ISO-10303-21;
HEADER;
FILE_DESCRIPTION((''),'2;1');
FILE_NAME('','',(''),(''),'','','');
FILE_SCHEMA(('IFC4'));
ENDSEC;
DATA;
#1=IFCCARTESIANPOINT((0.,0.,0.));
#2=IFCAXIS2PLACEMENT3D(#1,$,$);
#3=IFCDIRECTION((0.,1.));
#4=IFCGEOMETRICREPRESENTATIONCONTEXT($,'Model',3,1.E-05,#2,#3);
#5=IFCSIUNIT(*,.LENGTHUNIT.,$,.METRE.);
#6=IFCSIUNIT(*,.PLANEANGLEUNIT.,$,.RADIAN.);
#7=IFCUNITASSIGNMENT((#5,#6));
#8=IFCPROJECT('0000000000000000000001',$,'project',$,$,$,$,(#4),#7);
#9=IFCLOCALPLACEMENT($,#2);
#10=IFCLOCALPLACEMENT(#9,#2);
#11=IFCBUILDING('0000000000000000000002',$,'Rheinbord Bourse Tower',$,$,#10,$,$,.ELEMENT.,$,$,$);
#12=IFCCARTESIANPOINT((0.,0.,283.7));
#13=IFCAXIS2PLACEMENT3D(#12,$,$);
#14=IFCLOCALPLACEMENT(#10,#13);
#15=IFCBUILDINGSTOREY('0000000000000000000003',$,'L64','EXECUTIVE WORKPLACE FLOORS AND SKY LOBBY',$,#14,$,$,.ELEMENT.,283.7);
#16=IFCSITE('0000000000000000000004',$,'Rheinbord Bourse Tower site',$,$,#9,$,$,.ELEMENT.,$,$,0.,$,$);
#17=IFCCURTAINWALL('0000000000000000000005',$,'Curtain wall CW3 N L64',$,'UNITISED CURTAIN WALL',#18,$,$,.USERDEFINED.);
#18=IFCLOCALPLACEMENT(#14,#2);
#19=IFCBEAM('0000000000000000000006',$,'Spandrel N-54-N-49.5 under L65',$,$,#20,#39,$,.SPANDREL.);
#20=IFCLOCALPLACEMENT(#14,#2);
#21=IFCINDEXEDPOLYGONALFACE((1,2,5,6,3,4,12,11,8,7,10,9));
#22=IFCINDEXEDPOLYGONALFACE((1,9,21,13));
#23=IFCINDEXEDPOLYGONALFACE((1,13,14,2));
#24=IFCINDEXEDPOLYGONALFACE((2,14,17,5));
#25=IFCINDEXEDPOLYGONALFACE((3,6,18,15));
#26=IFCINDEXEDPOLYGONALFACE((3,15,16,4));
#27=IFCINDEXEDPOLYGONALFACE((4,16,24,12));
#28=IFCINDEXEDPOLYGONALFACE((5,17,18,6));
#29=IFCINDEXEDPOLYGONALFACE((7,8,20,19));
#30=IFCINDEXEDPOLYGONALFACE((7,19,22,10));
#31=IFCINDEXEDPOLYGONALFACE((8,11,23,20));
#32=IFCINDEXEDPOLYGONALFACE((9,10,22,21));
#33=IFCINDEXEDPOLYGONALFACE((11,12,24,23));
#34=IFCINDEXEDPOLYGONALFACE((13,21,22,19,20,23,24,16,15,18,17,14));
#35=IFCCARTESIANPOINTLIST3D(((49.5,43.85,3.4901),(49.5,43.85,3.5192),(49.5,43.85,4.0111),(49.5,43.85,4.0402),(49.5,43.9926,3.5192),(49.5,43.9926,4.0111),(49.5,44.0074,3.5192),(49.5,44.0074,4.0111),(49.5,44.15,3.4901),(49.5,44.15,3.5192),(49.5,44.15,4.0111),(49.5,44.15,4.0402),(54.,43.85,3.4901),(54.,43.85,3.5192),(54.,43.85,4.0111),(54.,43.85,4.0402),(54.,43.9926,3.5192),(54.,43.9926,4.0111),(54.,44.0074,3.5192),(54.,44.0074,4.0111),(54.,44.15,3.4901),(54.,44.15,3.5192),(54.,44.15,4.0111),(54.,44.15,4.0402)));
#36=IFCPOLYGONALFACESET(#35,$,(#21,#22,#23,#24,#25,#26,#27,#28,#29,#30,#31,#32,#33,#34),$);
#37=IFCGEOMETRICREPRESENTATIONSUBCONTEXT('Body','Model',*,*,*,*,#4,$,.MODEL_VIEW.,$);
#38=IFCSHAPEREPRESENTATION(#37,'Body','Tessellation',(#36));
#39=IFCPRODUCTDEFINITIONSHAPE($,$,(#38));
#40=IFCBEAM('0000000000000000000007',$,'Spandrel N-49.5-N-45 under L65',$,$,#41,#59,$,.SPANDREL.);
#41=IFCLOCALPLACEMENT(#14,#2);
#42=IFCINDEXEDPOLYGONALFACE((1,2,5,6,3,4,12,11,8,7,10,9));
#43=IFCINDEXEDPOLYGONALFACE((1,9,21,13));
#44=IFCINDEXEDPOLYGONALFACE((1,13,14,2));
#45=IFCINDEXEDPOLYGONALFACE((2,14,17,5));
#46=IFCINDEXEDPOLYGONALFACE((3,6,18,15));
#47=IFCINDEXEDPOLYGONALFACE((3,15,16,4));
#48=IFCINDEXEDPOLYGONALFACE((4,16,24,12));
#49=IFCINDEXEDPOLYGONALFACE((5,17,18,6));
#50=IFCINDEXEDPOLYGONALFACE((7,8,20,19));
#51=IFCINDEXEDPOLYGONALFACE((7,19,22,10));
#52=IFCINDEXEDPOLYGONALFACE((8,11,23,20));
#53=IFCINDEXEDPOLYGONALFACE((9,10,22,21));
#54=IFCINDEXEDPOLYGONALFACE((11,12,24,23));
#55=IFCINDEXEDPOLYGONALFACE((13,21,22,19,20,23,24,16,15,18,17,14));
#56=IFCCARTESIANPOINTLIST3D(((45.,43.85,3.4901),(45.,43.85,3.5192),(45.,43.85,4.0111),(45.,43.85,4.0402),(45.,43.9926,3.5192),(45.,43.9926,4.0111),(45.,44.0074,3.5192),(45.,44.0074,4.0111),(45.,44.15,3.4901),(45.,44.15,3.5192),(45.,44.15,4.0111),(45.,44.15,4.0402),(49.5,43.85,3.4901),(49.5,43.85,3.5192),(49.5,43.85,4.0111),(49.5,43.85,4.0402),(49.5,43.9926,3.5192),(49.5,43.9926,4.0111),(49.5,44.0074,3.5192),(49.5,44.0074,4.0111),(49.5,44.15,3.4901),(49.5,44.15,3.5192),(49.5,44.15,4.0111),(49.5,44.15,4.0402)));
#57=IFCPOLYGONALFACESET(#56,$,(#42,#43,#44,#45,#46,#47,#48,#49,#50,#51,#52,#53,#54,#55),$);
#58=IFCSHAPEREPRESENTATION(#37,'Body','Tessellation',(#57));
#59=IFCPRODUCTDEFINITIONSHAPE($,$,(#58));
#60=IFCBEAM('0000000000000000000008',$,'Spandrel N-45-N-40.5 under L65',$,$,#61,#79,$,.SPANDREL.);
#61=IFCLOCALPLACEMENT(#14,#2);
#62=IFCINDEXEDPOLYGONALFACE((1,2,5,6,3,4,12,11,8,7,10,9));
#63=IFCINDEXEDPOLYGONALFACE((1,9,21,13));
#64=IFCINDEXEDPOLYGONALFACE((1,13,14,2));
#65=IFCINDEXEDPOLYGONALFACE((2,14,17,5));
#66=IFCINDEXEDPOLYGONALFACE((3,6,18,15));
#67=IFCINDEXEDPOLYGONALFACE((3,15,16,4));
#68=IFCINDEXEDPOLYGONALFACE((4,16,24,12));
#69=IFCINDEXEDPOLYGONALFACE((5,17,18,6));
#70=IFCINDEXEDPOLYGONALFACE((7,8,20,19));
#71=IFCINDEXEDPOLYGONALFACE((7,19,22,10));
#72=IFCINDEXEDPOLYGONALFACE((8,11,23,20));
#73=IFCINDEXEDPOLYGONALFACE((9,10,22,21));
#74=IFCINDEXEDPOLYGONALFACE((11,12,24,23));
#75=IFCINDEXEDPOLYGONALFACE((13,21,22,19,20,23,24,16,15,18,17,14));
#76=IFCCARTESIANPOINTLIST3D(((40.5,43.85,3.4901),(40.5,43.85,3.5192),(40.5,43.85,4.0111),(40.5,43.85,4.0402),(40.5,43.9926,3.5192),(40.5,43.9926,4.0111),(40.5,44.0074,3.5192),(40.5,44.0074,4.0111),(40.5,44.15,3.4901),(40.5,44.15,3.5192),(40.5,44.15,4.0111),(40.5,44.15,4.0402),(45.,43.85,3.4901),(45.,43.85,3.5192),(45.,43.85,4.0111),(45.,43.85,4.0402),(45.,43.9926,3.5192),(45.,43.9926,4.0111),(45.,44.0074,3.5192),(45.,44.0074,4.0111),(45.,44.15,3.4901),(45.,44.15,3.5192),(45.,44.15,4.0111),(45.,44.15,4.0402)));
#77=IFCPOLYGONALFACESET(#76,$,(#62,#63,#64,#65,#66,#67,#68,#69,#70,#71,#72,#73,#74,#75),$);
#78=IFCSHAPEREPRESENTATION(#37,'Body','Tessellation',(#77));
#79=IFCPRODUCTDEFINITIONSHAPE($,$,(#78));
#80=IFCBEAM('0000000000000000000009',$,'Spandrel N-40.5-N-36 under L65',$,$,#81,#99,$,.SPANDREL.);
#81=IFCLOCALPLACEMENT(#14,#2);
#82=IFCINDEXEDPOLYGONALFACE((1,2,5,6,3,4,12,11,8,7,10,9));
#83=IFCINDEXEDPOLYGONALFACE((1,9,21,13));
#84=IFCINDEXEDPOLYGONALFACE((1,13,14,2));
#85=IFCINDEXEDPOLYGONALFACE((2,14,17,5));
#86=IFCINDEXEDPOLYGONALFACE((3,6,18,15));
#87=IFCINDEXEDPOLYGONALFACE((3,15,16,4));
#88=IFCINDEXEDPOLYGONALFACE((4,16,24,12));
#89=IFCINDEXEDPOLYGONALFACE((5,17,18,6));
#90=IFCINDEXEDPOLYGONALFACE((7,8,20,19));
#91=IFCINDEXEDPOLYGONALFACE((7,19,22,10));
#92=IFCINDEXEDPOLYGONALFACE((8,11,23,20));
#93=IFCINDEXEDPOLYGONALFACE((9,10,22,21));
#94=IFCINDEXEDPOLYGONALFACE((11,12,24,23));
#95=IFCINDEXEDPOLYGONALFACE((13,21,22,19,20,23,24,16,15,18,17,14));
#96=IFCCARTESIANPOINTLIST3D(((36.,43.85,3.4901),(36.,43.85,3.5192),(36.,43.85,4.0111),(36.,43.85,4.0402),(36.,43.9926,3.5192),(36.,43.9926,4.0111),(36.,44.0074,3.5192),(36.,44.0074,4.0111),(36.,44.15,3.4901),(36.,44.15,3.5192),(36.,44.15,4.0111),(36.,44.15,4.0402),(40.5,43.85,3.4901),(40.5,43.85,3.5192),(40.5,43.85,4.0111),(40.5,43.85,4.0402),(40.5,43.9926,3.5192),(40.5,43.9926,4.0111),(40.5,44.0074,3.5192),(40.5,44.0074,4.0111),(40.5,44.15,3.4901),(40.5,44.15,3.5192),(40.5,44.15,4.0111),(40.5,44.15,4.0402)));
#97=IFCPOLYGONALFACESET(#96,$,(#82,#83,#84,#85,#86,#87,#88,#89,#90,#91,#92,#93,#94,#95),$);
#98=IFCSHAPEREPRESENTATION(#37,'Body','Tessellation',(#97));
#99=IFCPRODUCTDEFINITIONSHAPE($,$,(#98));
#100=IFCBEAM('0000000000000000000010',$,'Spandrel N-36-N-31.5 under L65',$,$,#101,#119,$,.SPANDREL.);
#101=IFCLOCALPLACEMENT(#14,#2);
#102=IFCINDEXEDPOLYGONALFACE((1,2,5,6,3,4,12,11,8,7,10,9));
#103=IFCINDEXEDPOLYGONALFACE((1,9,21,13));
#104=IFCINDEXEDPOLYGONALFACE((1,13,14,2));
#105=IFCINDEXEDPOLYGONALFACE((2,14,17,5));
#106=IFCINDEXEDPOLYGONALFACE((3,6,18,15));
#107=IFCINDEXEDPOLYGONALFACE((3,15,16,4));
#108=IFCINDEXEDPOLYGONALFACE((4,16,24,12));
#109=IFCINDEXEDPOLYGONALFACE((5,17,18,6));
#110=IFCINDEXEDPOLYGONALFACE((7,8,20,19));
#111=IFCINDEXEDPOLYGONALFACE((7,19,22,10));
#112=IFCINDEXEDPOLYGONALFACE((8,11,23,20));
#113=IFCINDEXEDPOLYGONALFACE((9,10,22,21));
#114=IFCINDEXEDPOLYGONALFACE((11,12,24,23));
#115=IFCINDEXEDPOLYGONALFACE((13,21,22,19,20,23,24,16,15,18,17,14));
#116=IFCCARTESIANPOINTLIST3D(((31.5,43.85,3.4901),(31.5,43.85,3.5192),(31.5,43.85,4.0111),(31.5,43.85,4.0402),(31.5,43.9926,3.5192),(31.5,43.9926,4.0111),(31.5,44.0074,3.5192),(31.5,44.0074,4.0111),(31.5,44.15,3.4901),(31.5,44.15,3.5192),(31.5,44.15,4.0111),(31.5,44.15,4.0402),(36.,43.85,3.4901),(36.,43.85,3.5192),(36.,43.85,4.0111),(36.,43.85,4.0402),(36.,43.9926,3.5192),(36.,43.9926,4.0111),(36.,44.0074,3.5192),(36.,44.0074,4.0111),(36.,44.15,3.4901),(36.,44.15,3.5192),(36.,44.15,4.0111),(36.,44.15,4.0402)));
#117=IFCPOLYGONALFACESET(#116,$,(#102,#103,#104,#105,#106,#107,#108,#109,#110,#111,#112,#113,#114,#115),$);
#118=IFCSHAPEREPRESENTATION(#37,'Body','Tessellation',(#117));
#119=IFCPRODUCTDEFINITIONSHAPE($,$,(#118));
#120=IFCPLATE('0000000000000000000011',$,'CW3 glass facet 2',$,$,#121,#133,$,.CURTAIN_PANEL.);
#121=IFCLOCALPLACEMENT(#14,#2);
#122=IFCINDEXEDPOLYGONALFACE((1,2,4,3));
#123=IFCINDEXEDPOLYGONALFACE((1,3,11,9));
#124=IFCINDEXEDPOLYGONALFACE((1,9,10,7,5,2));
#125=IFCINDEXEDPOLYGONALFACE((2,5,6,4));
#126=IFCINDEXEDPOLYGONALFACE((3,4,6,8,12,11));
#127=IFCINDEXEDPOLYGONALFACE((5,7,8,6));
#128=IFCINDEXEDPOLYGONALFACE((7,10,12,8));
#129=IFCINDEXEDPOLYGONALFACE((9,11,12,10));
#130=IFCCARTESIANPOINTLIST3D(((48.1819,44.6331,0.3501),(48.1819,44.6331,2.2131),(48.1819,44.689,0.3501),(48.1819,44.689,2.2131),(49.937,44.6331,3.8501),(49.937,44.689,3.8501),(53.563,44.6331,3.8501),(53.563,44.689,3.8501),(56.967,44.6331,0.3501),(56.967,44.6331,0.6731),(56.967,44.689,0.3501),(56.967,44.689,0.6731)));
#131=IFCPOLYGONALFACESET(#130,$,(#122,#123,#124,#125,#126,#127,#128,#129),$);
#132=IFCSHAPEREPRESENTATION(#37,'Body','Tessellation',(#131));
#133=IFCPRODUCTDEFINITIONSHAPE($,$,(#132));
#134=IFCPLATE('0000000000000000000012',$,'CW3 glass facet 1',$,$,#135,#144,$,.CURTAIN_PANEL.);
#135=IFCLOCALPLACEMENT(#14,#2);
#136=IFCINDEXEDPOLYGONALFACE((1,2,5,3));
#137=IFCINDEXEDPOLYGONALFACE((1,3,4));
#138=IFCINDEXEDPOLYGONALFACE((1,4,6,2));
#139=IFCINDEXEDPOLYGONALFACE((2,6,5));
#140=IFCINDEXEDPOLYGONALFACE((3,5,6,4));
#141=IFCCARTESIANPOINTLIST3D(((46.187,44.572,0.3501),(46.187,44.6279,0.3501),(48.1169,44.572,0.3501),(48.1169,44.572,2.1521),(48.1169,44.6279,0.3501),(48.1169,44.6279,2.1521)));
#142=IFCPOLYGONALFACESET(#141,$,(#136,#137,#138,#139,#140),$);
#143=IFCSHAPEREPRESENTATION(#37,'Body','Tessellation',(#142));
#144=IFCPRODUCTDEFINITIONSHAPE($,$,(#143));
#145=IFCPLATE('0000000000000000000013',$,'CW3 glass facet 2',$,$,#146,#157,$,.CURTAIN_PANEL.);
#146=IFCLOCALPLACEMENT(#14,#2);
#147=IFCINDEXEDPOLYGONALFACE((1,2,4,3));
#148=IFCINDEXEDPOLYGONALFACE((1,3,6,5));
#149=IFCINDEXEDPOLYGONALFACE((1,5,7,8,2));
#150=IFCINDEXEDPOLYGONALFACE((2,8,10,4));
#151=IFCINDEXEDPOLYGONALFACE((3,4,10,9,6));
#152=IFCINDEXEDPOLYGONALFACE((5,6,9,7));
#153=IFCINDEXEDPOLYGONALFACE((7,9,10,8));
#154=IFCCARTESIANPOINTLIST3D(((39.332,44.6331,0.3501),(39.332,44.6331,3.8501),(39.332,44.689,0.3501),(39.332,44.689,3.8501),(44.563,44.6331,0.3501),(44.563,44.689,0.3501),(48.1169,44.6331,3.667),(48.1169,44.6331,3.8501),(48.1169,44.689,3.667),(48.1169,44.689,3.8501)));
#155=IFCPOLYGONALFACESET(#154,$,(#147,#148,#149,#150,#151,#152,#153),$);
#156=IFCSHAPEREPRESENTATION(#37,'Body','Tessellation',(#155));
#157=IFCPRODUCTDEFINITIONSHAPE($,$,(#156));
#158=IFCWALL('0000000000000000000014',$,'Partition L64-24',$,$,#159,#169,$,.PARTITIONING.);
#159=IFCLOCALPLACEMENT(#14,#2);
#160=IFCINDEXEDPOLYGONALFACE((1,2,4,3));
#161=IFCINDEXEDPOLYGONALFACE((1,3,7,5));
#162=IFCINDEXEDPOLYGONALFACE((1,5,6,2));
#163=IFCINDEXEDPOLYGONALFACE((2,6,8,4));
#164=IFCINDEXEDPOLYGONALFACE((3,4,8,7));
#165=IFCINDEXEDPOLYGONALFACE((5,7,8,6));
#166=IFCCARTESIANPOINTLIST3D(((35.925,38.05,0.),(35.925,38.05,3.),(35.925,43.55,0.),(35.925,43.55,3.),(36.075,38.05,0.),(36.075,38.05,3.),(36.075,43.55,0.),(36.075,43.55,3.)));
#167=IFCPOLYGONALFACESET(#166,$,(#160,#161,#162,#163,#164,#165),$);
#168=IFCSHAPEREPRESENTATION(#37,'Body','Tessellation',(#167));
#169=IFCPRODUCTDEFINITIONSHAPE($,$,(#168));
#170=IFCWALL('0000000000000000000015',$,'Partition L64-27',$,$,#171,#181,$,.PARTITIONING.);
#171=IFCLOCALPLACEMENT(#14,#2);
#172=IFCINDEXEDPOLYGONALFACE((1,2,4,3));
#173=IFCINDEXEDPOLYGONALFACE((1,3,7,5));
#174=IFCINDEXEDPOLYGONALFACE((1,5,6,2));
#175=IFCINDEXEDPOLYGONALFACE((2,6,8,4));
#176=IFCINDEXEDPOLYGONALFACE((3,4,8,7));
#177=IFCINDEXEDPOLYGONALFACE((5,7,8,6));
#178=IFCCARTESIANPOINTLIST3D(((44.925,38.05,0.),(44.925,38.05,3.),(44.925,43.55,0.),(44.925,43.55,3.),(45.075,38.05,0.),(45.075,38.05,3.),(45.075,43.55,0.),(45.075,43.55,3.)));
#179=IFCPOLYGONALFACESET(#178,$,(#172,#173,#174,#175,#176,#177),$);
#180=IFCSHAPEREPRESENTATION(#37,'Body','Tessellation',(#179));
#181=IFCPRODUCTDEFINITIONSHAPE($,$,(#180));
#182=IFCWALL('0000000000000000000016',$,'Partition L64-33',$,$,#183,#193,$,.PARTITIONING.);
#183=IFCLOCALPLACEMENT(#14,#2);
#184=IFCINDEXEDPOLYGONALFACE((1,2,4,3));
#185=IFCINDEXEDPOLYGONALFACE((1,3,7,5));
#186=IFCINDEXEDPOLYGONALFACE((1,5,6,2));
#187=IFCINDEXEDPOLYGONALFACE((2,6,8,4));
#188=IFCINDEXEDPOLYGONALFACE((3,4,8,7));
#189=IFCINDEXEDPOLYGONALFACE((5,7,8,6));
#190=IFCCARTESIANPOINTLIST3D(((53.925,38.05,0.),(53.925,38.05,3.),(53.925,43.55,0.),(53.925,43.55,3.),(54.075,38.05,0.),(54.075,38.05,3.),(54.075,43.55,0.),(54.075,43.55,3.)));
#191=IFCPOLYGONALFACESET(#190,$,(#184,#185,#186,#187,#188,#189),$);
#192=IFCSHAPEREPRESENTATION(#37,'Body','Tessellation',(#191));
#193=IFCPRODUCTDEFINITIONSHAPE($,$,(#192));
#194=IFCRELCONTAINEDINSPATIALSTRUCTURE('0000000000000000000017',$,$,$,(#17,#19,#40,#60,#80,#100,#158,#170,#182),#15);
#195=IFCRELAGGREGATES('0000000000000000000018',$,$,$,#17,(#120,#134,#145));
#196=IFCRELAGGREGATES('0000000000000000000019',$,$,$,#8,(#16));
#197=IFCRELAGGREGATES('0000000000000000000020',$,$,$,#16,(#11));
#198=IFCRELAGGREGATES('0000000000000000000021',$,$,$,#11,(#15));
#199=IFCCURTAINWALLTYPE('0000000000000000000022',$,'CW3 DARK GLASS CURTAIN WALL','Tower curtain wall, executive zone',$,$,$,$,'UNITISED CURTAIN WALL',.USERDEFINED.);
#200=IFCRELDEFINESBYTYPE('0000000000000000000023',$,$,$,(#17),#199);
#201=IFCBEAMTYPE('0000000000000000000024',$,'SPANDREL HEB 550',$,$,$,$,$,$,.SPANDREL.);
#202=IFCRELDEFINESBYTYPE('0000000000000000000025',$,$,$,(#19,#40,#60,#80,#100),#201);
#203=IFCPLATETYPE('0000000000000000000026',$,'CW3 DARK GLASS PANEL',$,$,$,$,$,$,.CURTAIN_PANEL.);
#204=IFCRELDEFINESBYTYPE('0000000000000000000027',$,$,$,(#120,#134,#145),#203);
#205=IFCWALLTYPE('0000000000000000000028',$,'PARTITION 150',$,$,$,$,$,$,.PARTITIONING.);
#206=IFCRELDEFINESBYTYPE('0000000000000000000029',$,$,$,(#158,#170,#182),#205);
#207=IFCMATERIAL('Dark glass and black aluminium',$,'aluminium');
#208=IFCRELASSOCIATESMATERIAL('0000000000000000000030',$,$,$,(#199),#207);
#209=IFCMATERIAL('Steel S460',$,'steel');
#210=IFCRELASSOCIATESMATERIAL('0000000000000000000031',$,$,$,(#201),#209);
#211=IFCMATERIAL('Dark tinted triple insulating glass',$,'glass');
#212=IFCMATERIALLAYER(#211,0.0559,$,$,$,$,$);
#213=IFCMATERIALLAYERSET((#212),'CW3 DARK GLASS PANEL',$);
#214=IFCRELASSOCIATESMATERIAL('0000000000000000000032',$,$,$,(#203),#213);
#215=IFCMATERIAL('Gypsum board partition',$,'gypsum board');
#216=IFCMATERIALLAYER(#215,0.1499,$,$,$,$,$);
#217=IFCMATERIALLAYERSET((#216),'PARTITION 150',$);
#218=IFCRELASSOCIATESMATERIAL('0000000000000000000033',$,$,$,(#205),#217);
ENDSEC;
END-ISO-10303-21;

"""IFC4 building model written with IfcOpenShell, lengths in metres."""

from ifc_helpers import new_model, si_unit, direction, frame, frame_2d, origin, origin_2d, place, context, subcontext, project, spatial, polyline, rectangle, i_section, outline, extrude, material, layer, layer_set, material_profile, profile_set, type_object, element, aggregate, save


model = new_model("IFC4")

# Units and contexts
model_context = context("Model", 3, precision=1e-05, world=origin(), true_north=direction((0.0, 1.0)))
body_context = subcontext(model_context, "Body", "Model", "MODEL_VIEW")
ifc_project = project(units=[si_unit("LENGTHUNIT", "METRE"), si_unit("PLANEANGLEUNIT", "RADIAN")], contexts=[model_context])

# Site, building, storey
site_placement = place(None, origin())
site = spatial("IfcSite", under=ifc_project, at=site_placement, Name="Rheinbord Bourse Tower site", CompositionType="ELEMENT", RefElevation=0.0)
building_placement = place(site_placement, origin())
building = spatial("IfcBuilding", under=site, at=building_placement, Name="Rheinbord Bourse Tower", CompositionType="ELEMENT")
storey_placement = place(building_placement, frame((0.0, 0.0, 283.7)))
storey = spatial("IfcBuildingStorey", under=building, at=storey_placement, Name="L64", Description="EXECUTIVE WORKPLACE FLOORS AND SKY LOBBY", CompositionType="ELEMENT", Elevation=283.7)

# Curtain wall
ifc_material_1 = material(Name="Dark glass and black aluminium", Category="aluminium")
curtain_wall_type = type_object("IfcCurtainWallType", Name="CW3 DARK GLASS CURTAIN WALL", Description="Tower curtain wall, executive zone", ElementType="UNITISED CURTAIN WALL", PredefinedType="USERDEFINED", material=ifc_material_1)
curtain_wall_placement = place(storey_placement, origin())
curtain_wall = element("IfcCurtainWall", 1, at=curtain_wall_placement, inside=storey, type_object=curtain_wall_type, Name="Curtain wall CW3 N L64", ObjectType="UNITISED CURTAIN WALL", PredefinedType="USERDEFINED")

# Beams
ifc_material_2 = material(Name="Steel S460", Category="steel")
ifc_material_profile_1 = material_profile(ifc_material_2, i_section(OverallWidth=0.3, OverallDepth=0.55, WebThickness=0.0149, FlangeThickness=0.0291, at=origin_2d()), Name="HEB 550")
ifc_profile_set_1 = profile_set([ifc_material_profile_1], Name="Steel S460")
beam_type_1 = type_object("IfcBeamType", Name="SPANDREL HEB 550", PredefinedType="SPANDREL", material=ifc_profile_set_1)
for number, where, z_axis, x_axis, name in (
    (2, (54.0, 44.0, 3.7651), (-1.0, 0.0, 0.0), (0.0, -1.0, 0.0), "Spandrel N-54-N-49.5 under L65"),
    (3, (49.5, 44.0, 3.7651), (-1.0, 0.0, 0.0), (0.0, -1.0, 0.0), "Spandrel N-49.5-N-45 under L65"),
    (4, (45.0, 44.0, 3.7651), (-1.0, 0.0, 0.0), (0.0, -1.0, 0.0), "Spandrel N-45-N-40.5 under L65"),
    (5, (40.5, 44.0, 3.7651), (-1.0, 0.0, 0.0), (0.0, -1.0, 0.0), "Spandrel N-40.5-N-36 under L65"),
    (6, (36.0, 44.0, 3.7651), (-1.0, 0.0, 0.0), (0.0, -1.0, 0.0), "Spandrel N-36-N-31.5 under L65"),
):
    element("IfcBeam", number, at=place(storey_placement, frame(where, z_axis=z_axis, x_axis=x_axis)), inside=storey, type_object=beam_type_1, Name=name, PredefinedType="SPANDREL", context=body_context, shape_type="SweptSolid", body=[
        extrude(i_section(OverallWidth=0.3, OverallDepth=0.55, WebThickness=0.0149, FlangeThickness=0.0291, at=origin_2d()), origin(), (0.0, 0.0, 1.0), 4.5),
    ])

# Plates
ifc_material_3 = material(Name="Dark tinted triple insulating glass", Category="glass")
ifc_layer_1 = layer(ifc_material_3, 0.0559)
ifc_layer_set_1 = layer_set([ifc_layer_1], Name="CW3 DARK GLASS PANEL")
plate_type = type_object("IfcPlateType", Name="CW3 DARK GLASS PANEL", PredefinedType="CURTAIN_PANEL", material=ifc_layer_set_1)
plate_1_placement = place(storey_placement, frame((48.1819, 44.689, 0.3501), z_axis=(0.0, -1.0, 0.0), x_axis=(1.0, 0.0, 0.0)))
plate_1 = element("IfcPlate", 7, at=plate_1_placement, type_object=plate_type, Name="CW3 glass facet 2", PredefinedType="CURTAIN_PANEL", context=body_context, shape_type="SweptSolid", body=[
    extrude(outline(polyline([(0.0, 0.0), (8.7852, 0.0), (8.7852, 0.323), (5.3811, 3.5), (1.7551, 3.5), (0.0, 1.863), (0.0, 0.0)])), origin(), (0.0, 0.0, 1.0), 0.0559),
])
plate_2_placement = place(storey_placement, frame((48.1169, 44.6279, 0.3501), z_axis=(0.0, -1.0, 0.0), x_axis=(0.0, 0.0, 1.0)))
plate_2 = element("IfcPlate", 8, at=plate_2_placement, type_object=plate_type, Name="CW3 glass facet 1", PredefinedType="CURTAIN_PANEL", context=body_context, shape_type="SweptSolid", body=[
    extrude(outline(polyline([(0.0, 0.0), (1.802, 0.0), (0.0, 1.9299), (0.0, 0.0)])), origin(), (0.0, 0.0, 1.0), 0.0559),
])
plate_3_placement = place(storey_placement, frame((48.1169, 44.689, 3.8501), z_axis=(0.0, -1.0, 0.0), x_axis=(-1.0, 0.0, 0.0)))
plate_3 = element("IfcPlate", 9, at=plate_3_placement, type_object=plate_type, Name="CW3 glass facet 2", PredefinedType="CURTAIN_PANEL", context=body_context, shape_type="SweptSolid", body=[
    extrude(outline(polyline([(0.0, 0.0), (8.7849, 0.0), (8.7849, 3.5), (3.554, 3.5), (0.0, 0.1831), (0.0, 0.0)])), origin(), (0.0, 0.0, 1.0), 0.0559),
])
aggregate(curtain_wall, [plate_1, plate_2, plate_3])

# Walls
ifc_material_4 = material(Name="Gypsum board partition", Category="gypsum board")
ifc_layer_2 = layer(ifc_material_4, 0.1499)
ifc_layer_set_2 = layer_set([ifc_layer_2], Name="PARTITION 150")
wall_type = type_object("IfcWallType", Name="PARTITION 150", PredefinedType="PARTITIONING", material=ifc_layer_set_2)
for number, where, z_axis, x_axis, name in (
    (10, (36.0, 38.05, 0.0), (0.0, 0.0, 1.0), (0.0, 1.0, 0.0), "Partition L64-24"),
    (11, (45.0, 38.05, 0.0), (0.0, 0.0, 1.0), (0.0, 1.0, 0.0), "Partition L64-27"),
    (12, (54.0, 38.05, 0.0), (0.0, 0.0, 1.0), (0.0, 1.0, 0.0), "Partition L64-33"),
):
    element("IfcWall", number, at=place(storey_placement, frame(where, z_axis=z_axis, x_axis=x_axis)), inside=storey, type_object=wall_type, Name=name, PredefinedType="PARTITIONING", context=body_context, shape_type="SweptSolid", body=[
        extrude(rectangle(XDim=5.5, YDim=0.1499, at=frame_2d((2.75, 0.0))), origin(), (0.0, 0.0, 1.0), 3.0),
    ])

save(model, "model.ifc")
